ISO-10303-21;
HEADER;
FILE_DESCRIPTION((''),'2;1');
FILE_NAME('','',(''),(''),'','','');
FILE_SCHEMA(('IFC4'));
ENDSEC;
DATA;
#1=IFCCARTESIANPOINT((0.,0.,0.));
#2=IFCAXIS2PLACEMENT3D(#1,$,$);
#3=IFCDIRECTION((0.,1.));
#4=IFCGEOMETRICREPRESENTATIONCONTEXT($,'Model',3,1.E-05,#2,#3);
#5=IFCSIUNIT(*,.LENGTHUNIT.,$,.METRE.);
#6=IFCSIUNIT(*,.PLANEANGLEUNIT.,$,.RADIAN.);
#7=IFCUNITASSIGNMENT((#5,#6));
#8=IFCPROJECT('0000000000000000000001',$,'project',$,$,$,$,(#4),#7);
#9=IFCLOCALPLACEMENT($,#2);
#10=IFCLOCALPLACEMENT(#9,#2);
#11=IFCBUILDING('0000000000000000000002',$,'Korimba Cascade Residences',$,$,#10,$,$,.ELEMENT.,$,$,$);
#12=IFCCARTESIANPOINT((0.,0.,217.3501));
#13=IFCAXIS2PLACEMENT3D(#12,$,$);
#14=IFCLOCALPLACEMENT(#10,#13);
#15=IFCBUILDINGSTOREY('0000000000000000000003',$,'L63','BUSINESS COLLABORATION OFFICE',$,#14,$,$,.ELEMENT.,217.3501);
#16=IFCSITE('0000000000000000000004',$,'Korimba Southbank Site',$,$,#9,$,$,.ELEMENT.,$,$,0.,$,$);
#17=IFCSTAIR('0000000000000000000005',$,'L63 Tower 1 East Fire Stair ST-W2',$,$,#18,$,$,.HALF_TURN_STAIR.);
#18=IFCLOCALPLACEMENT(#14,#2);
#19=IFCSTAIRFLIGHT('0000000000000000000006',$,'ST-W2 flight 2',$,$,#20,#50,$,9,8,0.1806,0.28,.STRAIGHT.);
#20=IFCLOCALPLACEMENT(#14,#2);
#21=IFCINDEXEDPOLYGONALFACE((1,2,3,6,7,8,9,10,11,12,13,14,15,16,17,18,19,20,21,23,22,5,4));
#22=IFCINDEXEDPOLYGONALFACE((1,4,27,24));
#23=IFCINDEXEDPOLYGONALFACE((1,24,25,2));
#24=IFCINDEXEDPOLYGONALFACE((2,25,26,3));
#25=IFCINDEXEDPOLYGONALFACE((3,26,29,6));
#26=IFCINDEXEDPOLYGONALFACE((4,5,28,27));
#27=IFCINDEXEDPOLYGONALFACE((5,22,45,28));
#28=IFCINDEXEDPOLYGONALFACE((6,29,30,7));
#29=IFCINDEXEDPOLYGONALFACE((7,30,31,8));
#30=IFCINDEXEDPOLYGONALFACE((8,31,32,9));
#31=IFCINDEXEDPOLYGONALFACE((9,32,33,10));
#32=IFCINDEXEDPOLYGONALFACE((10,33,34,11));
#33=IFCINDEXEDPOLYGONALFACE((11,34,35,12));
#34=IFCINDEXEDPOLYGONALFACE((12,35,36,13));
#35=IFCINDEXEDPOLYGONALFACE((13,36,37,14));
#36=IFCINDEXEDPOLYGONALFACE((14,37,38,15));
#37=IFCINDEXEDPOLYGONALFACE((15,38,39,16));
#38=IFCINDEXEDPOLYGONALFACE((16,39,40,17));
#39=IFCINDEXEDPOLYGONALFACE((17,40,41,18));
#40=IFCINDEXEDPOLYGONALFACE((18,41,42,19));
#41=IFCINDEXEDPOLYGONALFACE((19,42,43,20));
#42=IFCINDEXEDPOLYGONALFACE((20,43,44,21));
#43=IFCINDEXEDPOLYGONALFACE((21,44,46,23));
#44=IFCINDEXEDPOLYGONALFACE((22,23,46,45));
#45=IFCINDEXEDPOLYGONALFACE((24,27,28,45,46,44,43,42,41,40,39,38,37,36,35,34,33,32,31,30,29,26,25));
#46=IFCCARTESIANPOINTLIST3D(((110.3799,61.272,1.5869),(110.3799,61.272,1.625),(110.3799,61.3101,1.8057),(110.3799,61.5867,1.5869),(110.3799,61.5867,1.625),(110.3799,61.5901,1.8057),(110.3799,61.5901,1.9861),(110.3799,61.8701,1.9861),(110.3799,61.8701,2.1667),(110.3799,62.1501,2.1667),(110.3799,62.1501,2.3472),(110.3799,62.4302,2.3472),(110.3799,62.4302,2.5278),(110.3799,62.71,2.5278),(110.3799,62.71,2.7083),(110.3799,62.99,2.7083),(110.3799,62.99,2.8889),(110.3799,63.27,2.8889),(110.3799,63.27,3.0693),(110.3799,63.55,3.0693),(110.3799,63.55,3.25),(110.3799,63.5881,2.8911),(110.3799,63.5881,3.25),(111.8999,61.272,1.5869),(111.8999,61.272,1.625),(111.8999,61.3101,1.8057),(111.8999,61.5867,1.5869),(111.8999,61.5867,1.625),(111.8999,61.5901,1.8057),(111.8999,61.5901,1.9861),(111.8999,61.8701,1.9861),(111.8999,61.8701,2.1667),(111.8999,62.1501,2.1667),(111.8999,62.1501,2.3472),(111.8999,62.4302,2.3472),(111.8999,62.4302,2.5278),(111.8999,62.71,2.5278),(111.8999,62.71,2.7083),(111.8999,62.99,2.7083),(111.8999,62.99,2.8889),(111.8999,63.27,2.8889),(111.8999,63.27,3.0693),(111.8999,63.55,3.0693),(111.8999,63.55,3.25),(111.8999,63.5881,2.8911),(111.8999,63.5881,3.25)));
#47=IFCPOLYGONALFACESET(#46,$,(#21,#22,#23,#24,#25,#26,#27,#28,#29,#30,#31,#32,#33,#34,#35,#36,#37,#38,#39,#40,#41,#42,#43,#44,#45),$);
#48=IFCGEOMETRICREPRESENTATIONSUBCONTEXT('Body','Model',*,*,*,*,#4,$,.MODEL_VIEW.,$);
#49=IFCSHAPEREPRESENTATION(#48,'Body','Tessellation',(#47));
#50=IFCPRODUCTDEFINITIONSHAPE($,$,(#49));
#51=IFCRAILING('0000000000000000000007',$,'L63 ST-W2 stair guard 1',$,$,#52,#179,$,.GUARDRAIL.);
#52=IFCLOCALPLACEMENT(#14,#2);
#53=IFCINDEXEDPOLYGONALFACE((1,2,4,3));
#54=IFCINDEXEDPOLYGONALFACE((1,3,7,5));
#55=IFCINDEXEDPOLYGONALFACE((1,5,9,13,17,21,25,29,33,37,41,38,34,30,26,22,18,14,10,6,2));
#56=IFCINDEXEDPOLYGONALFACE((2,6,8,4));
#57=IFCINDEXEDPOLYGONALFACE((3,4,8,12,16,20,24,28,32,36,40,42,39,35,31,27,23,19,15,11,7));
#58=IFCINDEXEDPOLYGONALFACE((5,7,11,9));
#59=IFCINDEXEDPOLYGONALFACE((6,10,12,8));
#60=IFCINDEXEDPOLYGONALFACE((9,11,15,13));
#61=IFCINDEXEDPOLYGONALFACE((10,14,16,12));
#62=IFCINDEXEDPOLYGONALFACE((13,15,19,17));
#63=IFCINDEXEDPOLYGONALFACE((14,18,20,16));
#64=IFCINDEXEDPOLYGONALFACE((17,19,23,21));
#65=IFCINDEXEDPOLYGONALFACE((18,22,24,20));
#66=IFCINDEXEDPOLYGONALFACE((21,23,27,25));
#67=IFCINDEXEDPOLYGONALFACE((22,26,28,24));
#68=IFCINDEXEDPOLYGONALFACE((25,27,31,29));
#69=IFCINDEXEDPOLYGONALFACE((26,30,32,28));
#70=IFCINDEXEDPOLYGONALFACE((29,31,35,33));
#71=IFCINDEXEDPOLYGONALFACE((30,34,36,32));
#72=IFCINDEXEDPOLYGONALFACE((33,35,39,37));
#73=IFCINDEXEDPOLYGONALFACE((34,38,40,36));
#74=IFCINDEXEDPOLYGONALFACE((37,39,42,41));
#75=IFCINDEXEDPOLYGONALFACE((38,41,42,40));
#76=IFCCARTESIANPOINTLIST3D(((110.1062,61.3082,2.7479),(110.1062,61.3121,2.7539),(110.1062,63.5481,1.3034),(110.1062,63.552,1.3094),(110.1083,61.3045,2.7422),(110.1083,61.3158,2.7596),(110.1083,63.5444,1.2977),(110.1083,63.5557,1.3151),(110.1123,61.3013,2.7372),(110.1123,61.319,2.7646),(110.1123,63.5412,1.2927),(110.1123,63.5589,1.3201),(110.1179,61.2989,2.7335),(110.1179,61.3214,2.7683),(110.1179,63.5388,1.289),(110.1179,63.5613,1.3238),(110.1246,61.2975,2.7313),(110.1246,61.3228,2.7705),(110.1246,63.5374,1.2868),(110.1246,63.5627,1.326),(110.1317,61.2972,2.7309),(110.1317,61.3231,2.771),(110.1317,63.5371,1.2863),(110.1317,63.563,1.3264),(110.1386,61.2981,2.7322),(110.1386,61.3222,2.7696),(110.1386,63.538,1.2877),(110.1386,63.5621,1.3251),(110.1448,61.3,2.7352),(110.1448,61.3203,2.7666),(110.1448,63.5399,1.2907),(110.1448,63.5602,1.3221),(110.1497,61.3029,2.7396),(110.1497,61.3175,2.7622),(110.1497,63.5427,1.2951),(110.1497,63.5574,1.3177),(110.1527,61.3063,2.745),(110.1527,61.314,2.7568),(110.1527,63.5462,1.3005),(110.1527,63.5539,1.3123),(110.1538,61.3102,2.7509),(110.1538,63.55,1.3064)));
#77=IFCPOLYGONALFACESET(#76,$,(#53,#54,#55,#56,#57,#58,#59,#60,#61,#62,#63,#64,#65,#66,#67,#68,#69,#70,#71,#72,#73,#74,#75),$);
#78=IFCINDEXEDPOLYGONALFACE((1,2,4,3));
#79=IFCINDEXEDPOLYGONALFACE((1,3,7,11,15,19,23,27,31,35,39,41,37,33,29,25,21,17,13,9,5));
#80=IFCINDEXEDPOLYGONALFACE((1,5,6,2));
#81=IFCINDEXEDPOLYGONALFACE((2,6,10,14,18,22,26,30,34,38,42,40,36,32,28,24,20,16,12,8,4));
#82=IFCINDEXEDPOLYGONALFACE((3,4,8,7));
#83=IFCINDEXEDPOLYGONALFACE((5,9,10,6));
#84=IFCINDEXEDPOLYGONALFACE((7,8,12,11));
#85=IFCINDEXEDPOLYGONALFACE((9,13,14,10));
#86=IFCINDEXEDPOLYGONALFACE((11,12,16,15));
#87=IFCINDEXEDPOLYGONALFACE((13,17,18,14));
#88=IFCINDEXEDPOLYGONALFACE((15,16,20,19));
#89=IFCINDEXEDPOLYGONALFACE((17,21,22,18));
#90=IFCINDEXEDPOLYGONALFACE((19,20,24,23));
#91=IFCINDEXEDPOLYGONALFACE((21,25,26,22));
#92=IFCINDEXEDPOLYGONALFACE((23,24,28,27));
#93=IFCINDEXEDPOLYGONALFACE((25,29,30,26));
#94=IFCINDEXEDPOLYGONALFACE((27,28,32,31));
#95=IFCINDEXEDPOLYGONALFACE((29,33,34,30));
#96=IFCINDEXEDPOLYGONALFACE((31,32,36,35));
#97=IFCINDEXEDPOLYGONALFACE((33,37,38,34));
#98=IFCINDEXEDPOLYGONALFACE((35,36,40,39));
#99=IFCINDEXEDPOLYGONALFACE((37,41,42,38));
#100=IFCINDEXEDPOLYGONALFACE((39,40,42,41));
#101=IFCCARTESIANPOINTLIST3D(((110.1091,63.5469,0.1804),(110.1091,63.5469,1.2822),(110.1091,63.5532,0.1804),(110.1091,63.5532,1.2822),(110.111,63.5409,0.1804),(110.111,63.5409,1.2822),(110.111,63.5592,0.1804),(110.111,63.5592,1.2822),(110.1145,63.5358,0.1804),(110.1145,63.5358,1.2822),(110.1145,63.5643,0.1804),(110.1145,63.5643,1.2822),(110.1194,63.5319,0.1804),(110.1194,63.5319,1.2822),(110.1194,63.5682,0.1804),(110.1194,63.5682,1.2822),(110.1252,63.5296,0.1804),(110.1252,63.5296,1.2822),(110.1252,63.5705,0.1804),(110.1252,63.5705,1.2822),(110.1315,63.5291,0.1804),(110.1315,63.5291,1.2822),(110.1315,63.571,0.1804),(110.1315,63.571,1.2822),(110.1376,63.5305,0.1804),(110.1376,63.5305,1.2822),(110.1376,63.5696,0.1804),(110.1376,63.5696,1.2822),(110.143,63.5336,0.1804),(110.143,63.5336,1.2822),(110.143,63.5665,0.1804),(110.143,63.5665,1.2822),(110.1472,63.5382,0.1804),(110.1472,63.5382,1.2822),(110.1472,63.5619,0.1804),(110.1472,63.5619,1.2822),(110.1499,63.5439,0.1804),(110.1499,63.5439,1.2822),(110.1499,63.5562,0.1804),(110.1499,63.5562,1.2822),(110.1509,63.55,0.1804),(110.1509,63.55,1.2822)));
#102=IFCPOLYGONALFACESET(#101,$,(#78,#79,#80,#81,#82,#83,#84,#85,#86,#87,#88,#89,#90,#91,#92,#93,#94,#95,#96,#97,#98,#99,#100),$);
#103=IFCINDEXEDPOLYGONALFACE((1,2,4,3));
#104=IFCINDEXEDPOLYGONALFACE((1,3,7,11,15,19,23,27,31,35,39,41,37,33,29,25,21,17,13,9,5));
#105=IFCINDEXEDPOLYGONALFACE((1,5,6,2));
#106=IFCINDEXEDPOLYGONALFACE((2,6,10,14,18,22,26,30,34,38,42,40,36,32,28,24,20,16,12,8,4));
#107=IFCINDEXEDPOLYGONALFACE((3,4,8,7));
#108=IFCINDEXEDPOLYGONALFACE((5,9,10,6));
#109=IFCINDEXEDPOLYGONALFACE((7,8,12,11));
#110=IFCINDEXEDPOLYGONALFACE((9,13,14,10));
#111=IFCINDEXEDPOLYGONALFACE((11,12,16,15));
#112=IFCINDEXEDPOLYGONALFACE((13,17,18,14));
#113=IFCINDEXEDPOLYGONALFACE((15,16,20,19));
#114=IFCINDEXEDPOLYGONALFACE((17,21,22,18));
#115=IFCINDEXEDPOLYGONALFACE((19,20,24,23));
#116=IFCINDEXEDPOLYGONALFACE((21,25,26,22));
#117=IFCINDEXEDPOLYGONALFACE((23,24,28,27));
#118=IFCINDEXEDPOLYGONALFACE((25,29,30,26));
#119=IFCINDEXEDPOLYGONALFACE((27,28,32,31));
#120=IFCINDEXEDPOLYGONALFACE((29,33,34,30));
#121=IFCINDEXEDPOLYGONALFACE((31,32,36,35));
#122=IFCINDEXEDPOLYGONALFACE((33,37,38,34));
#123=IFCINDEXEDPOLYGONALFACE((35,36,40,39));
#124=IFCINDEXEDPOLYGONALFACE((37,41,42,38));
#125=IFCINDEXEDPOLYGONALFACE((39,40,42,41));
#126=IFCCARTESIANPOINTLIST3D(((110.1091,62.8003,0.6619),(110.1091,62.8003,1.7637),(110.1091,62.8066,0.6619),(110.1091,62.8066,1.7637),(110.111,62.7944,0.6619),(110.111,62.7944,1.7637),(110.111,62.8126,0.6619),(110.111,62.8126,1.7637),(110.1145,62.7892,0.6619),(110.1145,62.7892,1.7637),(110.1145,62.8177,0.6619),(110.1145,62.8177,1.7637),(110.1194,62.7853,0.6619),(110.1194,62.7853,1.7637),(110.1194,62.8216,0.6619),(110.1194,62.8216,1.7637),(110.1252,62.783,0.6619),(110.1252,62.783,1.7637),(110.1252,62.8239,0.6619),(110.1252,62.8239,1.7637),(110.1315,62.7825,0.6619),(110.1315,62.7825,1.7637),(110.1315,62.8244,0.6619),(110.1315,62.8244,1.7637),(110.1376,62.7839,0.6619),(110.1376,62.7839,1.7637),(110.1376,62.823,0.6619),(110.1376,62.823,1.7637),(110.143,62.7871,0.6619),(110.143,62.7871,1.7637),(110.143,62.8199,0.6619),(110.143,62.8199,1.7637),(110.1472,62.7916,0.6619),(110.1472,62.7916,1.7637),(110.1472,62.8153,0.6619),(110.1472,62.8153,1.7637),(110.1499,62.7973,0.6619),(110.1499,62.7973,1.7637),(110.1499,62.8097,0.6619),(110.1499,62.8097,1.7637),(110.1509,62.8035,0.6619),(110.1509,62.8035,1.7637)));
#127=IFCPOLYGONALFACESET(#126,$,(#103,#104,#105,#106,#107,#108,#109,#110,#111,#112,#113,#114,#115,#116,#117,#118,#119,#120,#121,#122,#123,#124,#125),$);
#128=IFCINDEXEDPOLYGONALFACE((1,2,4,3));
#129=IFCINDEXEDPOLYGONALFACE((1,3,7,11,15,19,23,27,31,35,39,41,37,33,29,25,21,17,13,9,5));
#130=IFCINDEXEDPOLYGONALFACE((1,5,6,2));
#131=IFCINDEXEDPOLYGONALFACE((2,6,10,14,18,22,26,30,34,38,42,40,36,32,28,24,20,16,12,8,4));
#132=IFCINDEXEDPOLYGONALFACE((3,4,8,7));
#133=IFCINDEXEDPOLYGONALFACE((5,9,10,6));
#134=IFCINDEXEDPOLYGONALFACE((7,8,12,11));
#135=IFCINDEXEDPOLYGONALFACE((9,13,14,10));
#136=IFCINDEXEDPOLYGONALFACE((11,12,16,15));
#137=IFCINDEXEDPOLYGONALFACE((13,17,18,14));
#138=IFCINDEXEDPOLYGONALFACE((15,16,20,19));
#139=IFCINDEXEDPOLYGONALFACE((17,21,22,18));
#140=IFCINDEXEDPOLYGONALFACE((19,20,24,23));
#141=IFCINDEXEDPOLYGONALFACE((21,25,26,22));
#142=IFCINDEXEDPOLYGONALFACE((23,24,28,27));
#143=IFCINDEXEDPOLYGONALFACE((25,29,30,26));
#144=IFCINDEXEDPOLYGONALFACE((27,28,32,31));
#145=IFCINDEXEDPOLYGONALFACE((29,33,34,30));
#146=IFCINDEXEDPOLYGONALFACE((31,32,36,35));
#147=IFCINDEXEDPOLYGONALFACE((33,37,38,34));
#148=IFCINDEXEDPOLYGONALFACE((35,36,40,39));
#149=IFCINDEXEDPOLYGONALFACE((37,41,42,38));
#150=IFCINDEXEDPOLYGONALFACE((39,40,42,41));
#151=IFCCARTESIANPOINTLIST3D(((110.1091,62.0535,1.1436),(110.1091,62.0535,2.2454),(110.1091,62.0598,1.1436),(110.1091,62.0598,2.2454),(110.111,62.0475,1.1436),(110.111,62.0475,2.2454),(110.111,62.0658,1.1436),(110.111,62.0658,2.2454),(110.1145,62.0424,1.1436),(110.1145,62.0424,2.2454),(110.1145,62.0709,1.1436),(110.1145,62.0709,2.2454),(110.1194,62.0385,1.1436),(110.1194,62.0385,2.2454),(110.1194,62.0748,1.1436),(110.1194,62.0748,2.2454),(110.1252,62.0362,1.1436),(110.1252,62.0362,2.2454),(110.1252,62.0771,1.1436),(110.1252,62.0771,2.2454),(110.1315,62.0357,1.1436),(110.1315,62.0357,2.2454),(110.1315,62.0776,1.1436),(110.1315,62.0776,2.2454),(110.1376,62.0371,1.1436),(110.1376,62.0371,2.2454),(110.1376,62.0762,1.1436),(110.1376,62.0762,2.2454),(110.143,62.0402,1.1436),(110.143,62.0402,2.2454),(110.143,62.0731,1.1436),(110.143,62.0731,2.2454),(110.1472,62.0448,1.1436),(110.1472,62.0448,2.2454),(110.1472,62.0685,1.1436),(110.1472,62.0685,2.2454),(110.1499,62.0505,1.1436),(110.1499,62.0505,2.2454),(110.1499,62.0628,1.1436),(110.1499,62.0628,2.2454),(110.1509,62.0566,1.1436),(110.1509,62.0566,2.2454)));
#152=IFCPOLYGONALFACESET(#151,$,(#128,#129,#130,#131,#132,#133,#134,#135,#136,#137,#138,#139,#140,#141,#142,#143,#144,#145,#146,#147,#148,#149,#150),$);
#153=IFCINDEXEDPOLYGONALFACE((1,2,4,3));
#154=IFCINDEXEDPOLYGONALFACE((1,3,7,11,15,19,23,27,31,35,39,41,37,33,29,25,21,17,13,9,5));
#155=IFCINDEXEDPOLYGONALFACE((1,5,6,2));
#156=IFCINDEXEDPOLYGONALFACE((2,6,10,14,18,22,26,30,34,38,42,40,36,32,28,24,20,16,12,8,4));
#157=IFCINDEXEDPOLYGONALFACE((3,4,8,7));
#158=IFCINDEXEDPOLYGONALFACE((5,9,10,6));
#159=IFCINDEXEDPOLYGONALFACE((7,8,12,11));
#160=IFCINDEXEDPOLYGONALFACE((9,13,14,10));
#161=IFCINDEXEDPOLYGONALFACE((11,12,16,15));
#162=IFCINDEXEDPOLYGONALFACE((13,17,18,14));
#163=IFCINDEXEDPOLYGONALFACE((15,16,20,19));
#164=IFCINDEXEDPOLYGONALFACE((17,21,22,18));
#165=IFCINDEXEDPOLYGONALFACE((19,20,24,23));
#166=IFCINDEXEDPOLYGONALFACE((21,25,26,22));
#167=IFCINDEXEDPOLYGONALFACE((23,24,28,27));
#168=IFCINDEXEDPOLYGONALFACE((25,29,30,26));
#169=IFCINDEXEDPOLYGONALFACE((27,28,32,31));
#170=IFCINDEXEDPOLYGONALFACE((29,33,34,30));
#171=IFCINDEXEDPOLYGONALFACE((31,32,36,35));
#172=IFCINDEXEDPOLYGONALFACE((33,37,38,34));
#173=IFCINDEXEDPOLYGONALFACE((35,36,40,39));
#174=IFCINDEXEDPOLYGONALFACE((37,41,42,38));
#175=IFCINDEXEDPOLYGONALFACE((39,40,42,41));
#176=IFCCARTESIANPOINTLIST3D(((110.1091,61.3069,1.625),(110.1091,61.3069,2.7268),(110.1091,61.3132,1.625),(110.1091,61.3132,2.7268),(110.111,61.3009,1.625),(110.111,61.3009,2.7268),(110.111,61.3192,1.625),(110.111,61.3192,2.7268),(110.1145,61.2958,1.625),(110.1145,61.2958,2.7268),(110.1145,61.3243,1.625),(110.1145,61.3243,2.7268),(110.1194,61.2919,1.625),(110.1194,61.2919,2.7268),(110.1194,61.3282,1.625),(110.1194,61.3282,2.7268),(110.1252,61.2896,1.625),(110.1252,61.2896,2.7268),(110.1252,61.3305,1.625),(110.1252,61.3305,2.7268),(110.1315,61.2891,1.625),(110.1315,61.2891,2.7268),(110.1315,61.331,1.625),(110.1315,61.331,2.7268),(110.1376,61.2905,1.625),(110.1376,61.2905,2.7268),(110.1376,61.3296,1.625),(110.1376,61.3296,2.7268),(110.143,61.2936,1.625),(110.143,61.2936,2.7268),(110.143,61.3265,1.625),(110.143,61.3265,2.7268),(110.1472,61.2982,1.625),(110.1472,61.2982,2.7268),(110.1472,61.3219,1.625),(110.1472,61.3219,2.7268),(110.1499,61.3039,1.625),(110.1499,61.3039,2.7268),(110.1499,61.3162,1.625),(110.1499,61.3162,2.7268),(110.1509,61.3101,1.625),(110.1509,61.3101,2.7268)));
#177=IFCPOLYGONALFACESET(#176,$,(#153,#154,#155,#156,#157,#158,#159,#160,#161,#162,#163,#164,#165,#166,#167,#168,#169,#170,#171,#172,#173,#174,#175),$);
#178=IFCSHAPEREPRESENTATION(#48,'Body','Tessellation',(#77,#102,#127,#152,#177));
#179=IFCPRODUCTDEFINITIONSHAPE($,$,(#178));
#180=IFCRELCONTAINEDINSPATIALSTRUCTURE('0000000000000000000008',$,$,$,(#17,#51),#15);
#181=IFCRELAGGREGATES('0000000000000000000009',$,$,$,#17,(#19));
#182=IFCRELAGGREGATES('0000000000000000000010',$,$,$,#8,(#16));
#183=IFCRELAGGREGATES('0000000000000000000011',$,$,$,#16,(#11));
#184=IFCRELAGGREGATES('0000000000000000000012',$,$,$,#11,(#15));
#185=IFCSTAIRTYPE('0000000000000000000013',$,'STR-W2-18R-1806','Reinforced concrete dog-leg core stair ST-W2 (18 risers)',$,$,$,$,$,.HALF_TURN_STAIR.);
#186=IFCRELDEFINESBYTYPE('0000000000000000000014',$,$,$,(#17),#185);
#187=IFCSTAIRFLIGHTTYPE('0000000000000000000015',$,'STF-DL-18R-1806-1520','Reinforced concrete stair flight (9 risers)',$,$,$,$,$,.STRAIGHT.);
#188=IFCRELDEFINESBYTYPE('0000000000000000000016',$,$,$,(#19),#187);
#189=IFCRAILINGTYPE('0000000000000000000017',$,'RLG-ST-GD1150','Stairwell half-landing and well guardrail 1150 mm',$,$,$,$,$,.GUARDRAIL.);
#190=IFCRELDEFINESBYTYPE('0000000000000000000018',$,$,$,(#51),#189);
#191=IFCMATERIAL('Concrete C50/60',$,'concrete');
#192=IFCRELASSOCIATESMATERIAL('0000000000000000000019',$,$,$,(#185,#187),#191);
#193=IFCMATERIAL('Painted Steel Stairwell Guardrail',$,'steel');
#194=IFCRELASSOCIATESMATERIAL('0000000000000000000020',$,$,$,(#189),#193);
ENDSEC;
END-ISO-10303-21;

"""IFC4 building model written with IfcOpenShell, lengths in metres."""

from ifc_helpers import new_model, si_unit, direction, frame, origin, origin_2d, place, context, subcontext, project, spatial, polyline, circle, outline, extrude, material, type_object, element, aggregate, save


model = new_model("IFC4")

# Units and contexts
model_context = context("Model", 3, precision=1e-05, world=origin(), true_north=direction((0.0, 1.0)))
body_context = subcontext(model_context, "Body", "Model", "MODEL_VIEW")
ifc_project = project(units=[si_unit("LENGTHUNIT", "METRE"), si_unit("PLANEANGLEUNIT", "RADIAN")], contexts=[model_context])

# Site, building, storey
site_placement = place(None, origin())
site = spatial("IfcSite", under=ifc_project, at=site_placement, Name="Korimba Southbank Site", CompositionType="ELEMENT", RefElevation=0.0)
building_placement = place(site_placement, origin())
building = spatial("IfcBuilding", under=site, at=building_placement, Name="Korimba Cascade Residences", CompositionType="ELEMENT")
storey_placement = place(building_placement, frame((0.0, 0.0, 217.3501)))
storey = spatial("IfcBuildingStorey", under=building, at=storey_placement, Name="L63", Description="BUSINESS COLLABORATION OFFICE", CompositionType="ELEMENT", Elevation=217.3501)

# Shared definitions
ifc_material_1 = material(Name="Concrete C50/60", Category="concrete")

# Stair, stair flight
stair_type = type_object("IfcStairType", Name="STR-W2-18R-1806", Description="Reinforced concrete dog-leg core stair ST-W2 (18 risers)", PredefinedType="HALF_TURN_STAIR", material=ifc_material_1)
stair_placement = place(storey_placement, origin())
stair = element("IfcStair", 1, at=stair_placement, inside=storey, type_object=stair_type, Name="L63 Tower 1 East Fire Stair ST-W2", PredefinedType="HALF_TURN_STAIR")
stair_flight_type = type_object("IfcStairFlightType", Name="STF-DL-18R-1806-1520", Description="Reinforced concrete stair flight (9 risers)", PredefinedType="STRAIGHT", material=ifc_material_1)
stair_flight_1_placement = place(storey_placement, frame((111.1399, 61.3101, 1.625), z_axis=(0.0, 0.0, 1.0), x_axis=(0.0, 1.0, 0.0)))
stair_flight_1 = element("IfcStairFlight", 2, at=stair_flight_1_placement, type_object=stair_flight_type, Name="ST-W2 flight 2", NumberOfRisers=9, NumberOfTreads=8, PredefinedType="STRAIGHT", RiserHeight=0.1806, TreadLength=0.28, context=body_context, shape_type="SweptSolid", body=[
    extrude(outline(polyline([(-0.0381, 0.0), (0.0, 0.1807), (0.28, 0.1807), (0.28, 0.3611), (0.5601, 0.3611), (0.5601, 0.5417), (0.8401, 0.5417), (0.8401, 0.7222), (1.1201, 0.7222), (1.1201, 0.9028), (1.3999, 0.9028), (1.3999, 1.0833), (1.6799, 1.0833), (1.6799, 1.2639), (1.96, 1.2639), (1.96, 1.4443), (2.24, 1.4443), (2.24, 1.625), (2.2781, 1.625), (2.2781, 1.2661), (0.2766, 0.0), (0.2766, -0.0381), (-0.0381, -0.0381), (-0.0381, 0.0)])), frame((0.0, 0.76, 0.0), z_axis=(0.0, -1.0, 0.0), x_axis=(1.0, 0.0, 0.0)), (0.0, 0.0, 1.0), 1.52),
])
aggregate(stair, [stair_flight_1])

# Railing
ifc_material_2 = material(Name="Painted Steel Stairwell Guardrail", Category="steel")
railing_type_1 = type_object("IfcRailingType", Name="RLG-ST-GD1150", Description="Stairwell half-landing and well guardrail 1150 mm", PredefinedType="GUARDRAIL", material=ifc_material_2)
railing_1_placement = place(storey_placement, frame((110.1299, 63.55, 0.1804)))
element("IfcRailing", 3, at=railing_1_placement, inside=storey, type_object=railing_type_1, Name="L63 ST-W2 stair guard 1", PredefinedType="GUARDRAIL", context=body_context, shape_type="SweptSolid", body=[
    extrude(circle(Radius=0.0239, at=origin_2d()), frame((0.0, 0.0, 1.126), z_axis=(0.0, -0.840395, 0.541975), x_axis=(1.0, 0.0, 0.0)), (0.0, 0.0, 1.0), 2.6653),
    extrude(circle(Radius=0.021, at=origin_2d()), origin(), (0.0, 0.0, 1.0), 1.1018),
    extrude(circle(Radius=0.021, at=origin_2d()), frame((0.0, -0.7466, 0.4814)), (0.0, 0.0, 1.0), 1.1018),
    extrude(circle(Radius=0.021, at=origin_2d()), frame((0.0, -1.4934, 0.9631)), (0.0, 0.0, 1.0), 1.1018),
    extrude(circle(Radius=0.021, at=origin_2d()), frame((0.0, -2.24, 1.4446)), (0.0, 0.0, 1.0), 1.1018),
])

save(model, "model.ifc")
